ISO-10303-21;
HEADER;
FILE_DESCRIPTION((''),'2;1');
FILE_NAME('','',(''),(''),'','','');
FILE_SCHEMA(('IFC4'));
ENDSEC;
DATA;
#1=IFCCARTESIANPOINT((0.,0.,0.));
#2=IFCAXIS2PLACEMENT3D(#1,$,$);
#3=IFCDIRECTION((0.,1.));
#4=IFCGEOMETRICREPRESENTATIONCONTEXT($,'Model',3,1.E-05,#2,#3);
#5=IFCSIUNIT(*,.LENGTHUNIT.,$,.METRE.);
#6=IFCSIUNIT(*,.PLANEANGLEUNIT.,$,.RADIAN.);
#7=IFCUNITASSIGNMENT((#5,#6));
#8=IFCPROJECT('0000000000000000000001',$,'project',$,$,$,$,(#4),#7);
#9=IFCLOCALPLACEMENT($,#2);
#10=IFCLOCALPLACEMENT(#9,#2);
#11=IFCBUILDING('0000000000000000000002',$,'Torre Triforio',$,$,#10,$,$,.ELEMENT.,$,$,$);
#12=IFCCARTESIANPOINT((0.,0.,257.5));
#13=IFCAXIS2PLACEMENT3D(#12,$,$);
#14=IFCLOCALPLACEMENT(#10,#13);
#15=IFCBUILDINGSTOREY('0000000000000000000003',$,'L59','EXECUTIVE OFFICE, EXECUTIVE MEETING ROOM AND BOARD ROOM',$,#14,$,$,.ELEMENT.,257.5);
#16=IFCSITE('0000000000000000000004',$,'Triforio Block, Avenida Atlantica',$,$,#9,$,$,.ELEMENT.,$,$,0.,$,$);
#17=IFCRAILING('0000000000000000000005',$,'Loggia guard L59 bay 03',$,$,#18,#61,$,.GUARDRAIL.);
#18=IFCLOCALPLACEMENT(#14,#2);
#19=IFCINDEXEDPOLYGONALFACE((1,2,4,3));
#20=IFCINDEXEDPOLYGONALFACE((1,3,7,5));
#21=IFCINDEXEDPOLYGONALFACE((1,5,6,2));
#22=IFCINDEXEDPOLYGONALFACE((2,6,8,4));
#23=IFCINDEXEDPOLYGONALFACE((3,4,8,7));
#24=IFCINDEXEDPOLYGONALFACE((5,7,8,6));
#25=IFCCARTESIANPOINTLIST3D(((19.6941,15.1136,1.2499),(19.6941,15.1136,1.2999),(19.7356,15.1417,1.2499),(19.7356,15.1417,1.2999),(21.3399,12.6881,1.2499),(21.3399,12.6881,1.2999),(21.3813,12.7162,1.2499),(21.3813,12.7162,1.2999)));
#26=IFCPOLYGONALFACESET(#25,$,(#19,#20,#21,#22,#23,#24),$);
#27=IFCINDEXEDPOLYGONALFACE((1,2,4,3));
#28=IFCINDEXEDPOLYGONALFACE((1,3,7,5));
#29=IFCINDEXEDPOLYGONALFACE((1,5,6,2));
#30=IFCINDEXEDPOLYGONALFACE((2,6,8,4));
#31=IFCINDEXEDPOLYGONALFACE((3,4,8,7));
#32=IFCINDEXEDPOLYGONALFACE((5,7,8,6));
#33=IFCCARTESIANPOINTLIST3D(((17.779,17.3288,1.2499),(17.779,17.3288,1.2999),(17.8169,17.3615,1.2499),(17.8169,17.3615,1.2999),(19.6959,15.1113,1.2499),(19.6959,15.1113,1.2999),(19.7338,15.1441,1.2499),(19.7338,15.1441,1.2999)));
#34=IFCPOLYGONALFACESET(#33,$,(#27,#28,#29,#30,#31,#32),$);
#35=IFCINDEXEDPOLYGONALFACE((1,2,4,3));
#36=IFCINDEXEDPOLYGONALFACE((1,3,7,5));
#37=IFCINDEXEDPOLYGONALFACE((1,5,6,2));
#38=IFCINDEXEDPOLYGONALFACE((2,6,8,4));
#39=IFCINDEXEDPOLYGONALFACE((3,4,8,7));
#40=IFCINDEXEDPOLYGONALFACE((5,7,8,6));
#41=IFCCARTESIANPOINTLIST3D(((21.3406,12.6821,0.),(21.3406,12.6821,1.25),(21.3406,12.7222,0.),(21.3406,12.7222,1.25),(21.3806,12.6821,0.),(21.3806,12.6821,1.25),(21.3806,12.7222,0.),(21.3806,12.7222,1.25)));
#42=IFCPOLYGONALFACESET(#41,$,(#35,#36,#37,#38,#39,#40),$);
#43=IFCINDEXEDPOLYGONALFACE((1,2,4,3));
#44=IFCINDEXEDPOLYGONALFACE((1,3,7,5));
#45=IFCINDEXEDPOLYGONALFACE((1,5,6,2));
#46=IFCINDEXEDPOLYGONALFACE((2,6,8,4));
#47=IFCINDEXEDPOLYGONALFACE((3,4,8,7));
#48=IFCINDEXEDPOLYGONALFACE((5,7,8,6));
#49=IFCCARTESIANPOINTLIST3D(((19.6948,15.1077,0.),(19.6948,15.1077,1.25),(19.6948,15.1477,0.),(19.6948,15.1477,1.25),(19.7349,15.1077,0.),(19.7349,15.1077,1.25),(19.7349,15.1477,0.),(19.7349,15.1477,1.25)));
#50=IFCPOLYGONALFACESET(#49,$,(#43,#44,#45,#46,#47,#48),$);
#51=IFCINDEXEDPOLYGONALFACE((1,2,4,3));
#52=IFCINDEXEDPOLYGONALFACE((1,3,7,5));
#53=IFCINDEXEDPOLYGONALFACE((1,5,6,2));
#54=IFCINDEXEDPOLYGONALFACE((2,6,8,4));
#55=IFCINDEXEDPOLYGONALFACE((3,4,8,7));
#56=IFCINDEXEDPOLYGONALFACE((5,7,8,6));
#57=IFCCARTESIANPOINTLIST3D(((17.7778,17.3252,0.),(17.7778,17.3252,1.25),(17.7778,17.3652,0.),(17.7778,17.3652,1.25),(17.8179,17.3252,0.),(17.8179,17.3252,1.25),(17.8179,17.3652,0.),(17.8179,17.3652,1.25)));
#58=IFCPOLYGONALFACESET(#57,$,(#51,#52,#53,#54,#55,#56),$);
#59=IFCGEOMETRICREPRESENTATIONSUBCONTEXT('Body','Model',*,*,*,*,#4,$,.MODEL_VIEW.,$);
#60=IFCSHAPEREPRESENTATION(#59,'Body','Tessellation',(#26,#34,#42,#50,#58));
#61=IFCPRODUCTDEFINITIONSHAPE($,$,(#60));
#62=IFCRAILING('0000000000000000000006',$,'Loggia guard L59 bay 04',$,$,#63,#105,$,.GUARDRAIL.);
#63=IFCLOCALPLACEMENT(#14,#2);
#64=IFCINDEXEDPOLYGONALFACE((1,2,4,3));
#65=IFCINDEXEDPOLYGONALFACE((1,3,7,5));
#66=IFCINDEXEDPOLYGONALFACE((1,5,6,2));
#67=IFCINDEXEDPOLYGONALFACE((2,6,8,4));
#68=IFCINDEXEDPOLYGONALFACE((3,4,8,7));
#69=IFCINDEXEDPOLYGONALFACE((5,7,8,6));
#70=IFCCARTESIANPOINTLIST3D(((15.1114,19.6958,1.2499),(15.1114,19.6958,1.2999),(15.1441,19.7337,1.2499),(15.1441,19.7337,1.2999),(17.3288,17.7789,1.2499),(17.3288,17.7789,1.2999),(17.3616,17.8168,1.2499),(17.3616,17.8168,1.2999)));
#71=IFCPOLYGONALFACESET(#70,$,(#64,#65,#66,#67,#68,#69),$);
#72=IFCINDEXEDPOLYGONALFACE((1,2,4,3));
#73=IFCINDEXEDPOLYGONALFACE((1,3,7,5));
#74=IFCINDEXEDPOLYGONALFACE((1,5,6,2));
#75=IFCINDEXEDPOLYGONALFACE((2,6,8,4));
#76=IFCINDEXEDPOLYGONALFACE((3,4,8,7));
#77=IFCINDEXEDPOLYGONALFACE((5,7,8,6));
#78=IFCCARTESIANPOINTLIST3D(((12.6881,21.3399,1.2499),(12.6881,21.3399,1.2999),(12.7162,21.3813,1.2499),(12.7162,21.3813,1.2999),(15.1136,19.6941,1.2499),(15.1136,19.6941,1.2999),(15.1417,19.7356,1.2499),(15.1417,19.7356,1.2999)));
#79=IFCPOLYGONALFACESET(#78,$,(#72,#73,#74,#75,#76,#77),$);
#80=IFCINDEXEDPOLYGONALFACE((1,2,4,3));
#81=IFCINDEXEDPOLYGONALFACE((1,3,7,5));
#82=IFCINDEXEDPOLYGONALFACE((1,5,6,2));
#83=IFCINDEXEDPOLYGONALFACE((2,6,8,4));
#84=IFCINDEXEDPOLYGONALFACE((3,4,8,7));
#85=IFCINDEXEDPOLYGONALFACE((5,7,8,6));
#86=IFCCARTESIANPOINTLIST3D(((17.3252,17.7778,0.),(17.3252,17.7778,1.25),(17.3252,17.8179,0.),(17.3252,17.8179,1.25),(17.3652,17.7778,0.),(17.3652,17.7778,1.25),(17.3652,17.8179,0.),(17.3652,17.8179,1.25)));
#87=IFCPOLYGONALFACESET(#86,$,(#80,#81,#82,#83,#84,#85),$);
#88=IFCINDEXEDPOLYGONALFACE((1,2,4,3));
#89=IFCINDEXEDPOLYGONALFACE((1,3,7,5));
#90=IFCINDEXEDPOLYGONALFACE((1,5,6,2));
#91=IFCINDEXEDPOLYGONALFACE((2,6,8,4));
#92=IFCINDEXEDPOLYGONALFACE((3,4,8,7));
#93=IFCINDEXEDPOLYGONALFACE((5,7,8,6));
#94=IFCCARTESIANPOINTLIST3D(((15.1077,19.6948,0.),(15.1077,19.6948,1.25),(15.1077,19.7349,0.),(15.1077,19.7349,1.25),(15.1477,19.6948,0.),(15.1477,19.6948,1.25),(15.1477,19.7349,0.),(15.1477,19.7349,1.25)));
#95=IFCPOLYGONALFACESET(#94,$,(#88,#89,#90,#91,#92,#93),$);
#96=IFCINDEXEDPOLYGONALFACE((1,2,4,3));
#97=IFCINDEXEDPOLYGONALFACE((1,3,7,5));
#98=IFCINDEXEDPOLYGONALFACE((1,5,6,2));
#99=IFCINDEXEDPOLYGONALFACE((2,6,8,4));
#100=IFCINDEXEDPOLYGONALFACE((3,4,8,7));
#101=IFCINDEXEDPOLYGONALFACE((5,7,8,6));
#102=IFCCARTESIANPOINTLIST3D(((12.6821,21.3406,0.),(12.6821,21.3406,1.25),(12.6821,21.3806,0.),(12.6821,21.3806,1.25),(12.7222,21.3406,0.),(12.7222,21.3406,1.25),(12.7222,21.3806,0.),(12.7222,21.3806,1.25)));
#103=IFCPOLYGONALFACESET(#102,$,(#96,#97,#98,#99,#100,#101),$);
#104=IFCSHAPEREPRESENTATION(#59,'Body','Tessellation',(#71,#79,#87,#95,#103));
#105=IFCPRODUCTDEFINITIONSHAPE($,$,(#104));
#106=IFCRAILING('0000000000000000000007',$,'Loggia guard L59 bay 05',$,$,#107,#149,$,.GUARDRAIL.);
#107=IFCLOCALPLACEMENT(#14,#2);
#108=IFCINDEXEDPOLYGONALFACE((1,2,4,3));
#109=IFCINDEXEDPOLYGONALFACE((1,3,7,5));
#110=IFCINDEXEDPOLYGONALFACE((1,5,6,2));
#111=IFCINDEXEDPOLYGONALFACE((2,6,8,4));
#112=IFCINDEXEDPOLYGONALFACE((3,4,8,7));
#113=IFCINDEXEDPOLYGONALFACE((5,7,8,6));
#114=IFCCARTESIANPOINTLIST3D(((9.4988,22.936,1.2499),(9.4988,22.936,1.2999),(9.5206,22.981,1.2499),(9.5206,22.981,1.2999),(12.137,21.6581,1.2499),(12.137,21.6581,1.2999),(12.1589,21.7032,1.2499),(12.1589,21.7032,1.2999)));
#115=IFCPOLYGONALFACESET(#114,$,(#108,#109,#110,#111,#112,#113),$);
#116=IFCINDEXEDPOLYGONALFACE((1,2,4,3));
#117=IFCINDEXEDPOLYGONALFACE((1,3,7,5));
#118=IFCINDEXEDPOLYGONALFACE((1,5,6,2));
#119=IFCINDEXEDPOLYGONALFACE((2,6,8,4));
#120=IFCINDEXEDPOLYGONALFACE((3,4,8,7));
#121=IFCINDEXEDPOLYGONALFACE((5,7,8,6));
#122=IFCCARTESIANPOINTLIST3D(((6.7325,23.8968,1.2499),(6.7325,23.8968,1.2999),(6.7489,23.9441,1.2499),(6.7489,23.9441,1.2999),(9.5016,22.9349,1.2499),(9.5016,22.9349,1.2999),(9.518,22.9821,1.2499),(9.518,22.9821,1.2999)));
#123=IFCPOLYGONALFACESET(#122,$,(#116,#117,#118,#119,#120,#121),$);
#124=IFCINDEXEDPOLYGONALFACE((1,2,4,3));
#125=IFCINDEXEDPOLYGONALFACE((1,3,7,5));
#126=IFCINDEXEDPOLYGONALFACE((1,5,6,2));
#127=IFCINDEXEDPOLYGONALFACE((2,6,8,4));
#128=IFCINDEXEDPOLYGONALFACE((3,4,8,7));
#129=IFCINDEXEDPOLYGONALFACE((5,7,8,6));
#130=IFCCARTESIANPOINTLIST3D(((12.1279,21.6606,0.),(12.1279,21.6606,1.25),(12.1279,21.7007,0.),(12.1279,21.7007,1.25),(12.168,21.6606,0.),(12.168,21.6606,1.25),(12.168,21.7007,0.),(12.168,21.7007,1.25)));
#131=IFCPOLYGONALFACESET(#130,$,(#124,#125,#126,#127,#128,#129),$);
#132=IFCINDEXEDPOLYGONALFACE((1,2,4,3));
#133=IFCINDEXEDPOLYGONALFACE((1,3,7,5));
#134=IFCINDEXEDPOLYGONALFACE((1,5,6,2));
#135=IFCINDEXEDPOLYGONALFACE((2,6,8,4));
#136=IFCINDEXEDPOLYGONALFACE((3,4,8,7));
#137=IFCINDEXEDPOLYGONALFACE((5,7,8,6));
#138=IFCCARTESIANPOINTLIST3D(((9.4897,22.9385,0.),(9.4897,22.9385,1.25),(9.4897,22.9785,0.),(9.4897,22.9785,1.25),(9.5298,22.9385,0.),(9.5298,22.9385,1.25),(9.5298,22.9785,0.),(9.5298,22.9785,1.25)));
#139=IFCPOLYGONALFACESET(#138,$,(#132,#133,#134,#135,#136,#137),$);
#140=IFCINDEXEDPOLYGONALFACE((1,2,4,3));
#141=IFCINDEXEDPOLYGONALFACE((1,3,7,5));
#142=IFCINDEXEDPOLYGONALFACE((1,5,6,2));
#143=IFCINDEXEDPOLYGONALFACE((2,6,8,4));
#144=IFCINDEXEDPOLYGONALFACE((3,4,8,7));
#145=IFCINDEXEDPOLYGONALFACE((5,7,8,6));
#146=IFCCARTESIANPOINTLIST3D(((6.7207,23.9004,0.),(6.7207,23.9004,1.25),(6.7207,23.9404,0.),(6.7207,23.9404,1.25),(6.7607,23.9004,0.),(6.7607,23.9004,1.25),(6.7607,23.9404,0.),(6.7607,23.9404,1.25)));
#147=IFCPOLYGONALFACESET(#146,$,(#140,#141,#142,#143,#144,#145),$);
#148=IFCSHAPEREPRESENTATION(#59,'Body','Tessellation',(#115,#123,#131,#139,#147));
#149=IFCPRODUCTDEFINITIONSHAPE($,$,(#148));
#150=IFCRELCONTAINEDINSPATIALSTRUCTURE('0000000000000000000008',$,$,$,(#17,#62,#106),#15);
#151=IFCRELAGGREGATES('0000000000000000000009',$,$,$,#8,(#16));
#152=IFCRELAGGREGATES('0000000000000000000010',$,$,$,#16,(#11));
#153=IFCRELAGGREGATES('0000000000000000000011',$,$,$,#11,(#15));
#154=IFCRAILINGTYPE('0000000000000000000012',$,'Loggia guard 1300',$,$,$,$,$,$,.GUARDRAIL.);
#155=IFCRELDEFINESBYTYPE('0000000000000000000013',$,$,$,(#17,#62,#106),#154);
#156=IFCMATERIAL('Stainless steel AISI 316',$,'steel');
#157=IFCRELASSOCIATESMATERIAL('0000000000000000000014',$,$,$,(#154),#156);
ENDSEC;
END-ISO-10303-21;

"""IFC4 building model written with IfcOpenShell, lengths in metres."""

from ifc_helpers import new_model, si_unit, direction, frame, origin, origin_2d, place, context, subcontext, project, spatial, rectangle, extrude, material, type_object, element, save


model = new_model("IFC4")

# Units and contexts
model_context = context("Model", 3, precision=1e-05, world=origin(), true_north=direction((0.0, 1.0)))
body_context = subcontext(model_context, "Body", "Model", "MODEL_VIEW")
ifc_project = project(units=[si_unit("LENGTHUNIT", "METRE"), si_unit("PLANEANGLEUNIT", "RADIAN")], contexts=[model_context])

# Site, building, storey
site_placement = place(None, origin())
site = spatial("IfcSite", under=ifc_project, at=site_placement, Name="Triforio Block, Avenida Atlantica", CompositionType="ELEMENT", RefElevation=0.0)
building_placement = place(site_placement, origin())
building = spatial("IfcBuilding", under=site, at=building_placement, Name="Torre Triforio", CompositionType="ELEMENT")
storey_placement = place(building_placement, frame((0.0, 0.0, 257.5)))
storey = spatial("IfcBuildingStorey", under=building, at=storey_placement, Name="L59", Description="EXECUTIVE OFFICE, EXECUTIVE MEETING ROOM AND BOARD ROOM", CompositionType="ELEMENT", Elevation=257.5)

# Railings
ifc_material_1 = material(Name="Stainless steel AISI 316", Category="steel")
railing_type = type_object("IfcRailingType", Name="Loggia guard 1300", PredefinedType="GUARDRAIL", material=ifc_material_1)
railing_1_placement = place(storey_placement, frame((21.3606, 12.7021, 0.0)))
element("IfcRailing", 1, at=railing_1_placement, inside=storey, type_object=railing_type, Name="Loggia guard L59 bay 03", PredefinedType="GUARDRAIL", context=body_context, shape_type="SweptSolid", body=[
    extrude(rectangle(XDim=0.05, YDim=0.05, at=origin_2d()), frame((0.0, 0.0, 1.2749), z_axis=(-0.561467, 0.827499, 0.0), x_axis=(-0.827499, -0.561467, 0.0)), (0.0, 0.0, 1.0), 2.9312),
    extrude(rectangle(XDim=0.05, YDim=0.05, at=origin_2d()), frame((-1.6458, 2.4255, 1.2749), z_axis=(-0.653982, 0.75651, 0.0), x_axis=(-0.75651, -0.653982, 0.0)), (0.0, 0.0, 1.0), 2.9312),
    extrude(rectangle(XDim=0.04, YDim=0.04, at=origin_2d()), origin(), (0.0, 0.0, 1.0), 1.25),
    extrude(rectangle(XDim=0.04, YDim=0.04, at=origin_2d()), frame((-1.6458, 2.4255, 0.0)), (0.0, 0.0, 1.0), 1.25),
    extrude(rectangle(XDim=0.04, YDim=0.04, at=origin_2d()), frame((-3.5627, 4.6431, 0.0)), (0.0, 0.0, 1.0), 1.25),
])
railing_2_placement = place(storey_placement, frame((17.3452, 17.7979, 0.0)))
element("IfcRailing", 2, at=railing_2_placement, inside=storey, type_object=railing_type, Name="Loggia guard L59 bay 04", PredefinedType="GUARDRAIL", context=body_context, shape_type="SweptSolid", body=[
    extrude(rectangle(XDim=0.05, YDim=0.05, at=origin_2d()), frame((0.0, 0.0, 1.2749), z_axis=(-0.75651, 0.653982, 0.0), x_axis=(-0.653982, -0.75651, 0.0)), (0.0, 0.0, 1.0), 2.9312),
    extrude(rectangle(XDim=0.05, YDim=0.05, at=origin_2d()), frame((-2.2175, 1.917, 1.2749), z_axis=(-0.827499, 0.561467, 0.0), x_axis=(-0.561467, -0.827499, 0.0)), (0.0, 0.0, 1.0), 2.9312),
    extrude(rectangle(XDim=0.04, YDim=0.04, at=origin_2d()), origin(), (0.0, 0.0, 1.0), 1.25),
    extrude(rectangle(XDim=0.04, YDim=0.04, at=origin_2d()), frame((-2.2175, 1.917, 0.0)), (0.0, 0.0, 1.0), 1.25),
    extrude(rectangle(XDim=0.04, YDim=0.04, at=origin_2d()), frame((-4.6431, 3.5627, 0.0)), (0.0, 0.0, 1.0), 1.25),
])
railing_3_placement = place(storey_placement, frame((12.1479, 21.6807, 0.0)))
element("IfcRailing", 3, at=railing_3_placement, inside=storey, type_object=railing_type, Name="Loggia guard L59 bay 05", PredefinedType="GUARDRAIL", context=body_context, shape_type="SweptSolid", body=[
    extrude(rectangle(XDim=0.05, YDim=0.05, at=origin_2d()), frame((0.0, 0.0, 1.2749), z_axis=(-0.899986, 0.435918, 0.0), x_axis=(-0.435918, -0.899986, 0.0)), (0.0, 0.0, 1.0), 2.9314),
    extrude(rectangle(XDim=0.05, YDim=0.05, at=origin_2d()), frame((-2.6382, 1.2778, 1.2749), z_axis=(-0.944627, 0.328146, 0.0), x_axis=(-0.328146, -0.944627, 0.0)), (0.0, 0.0, 1.0), 2.9314),
    extrude(rectangle(XDim=0.04, YDim=0.04, at=origin_2d()), origin(), (0.0, 0.0, 1.0), 1.25),
    extrude(rectangle(XDim=0.04, YDim=0.04, at=origin_2d()), frame((-2.6382, 1.2778, 0.0)), (0.0, 0.0, 1.0), 1.25),
    extrude(rectangle(XDim=0.04, YDim=0.04, at=origin_2d()), frame((-5.4072, 2.2397, 0.0)), (0.0, 0.0, 1.0), 1.25),
])

save(model, "model.ifc")
